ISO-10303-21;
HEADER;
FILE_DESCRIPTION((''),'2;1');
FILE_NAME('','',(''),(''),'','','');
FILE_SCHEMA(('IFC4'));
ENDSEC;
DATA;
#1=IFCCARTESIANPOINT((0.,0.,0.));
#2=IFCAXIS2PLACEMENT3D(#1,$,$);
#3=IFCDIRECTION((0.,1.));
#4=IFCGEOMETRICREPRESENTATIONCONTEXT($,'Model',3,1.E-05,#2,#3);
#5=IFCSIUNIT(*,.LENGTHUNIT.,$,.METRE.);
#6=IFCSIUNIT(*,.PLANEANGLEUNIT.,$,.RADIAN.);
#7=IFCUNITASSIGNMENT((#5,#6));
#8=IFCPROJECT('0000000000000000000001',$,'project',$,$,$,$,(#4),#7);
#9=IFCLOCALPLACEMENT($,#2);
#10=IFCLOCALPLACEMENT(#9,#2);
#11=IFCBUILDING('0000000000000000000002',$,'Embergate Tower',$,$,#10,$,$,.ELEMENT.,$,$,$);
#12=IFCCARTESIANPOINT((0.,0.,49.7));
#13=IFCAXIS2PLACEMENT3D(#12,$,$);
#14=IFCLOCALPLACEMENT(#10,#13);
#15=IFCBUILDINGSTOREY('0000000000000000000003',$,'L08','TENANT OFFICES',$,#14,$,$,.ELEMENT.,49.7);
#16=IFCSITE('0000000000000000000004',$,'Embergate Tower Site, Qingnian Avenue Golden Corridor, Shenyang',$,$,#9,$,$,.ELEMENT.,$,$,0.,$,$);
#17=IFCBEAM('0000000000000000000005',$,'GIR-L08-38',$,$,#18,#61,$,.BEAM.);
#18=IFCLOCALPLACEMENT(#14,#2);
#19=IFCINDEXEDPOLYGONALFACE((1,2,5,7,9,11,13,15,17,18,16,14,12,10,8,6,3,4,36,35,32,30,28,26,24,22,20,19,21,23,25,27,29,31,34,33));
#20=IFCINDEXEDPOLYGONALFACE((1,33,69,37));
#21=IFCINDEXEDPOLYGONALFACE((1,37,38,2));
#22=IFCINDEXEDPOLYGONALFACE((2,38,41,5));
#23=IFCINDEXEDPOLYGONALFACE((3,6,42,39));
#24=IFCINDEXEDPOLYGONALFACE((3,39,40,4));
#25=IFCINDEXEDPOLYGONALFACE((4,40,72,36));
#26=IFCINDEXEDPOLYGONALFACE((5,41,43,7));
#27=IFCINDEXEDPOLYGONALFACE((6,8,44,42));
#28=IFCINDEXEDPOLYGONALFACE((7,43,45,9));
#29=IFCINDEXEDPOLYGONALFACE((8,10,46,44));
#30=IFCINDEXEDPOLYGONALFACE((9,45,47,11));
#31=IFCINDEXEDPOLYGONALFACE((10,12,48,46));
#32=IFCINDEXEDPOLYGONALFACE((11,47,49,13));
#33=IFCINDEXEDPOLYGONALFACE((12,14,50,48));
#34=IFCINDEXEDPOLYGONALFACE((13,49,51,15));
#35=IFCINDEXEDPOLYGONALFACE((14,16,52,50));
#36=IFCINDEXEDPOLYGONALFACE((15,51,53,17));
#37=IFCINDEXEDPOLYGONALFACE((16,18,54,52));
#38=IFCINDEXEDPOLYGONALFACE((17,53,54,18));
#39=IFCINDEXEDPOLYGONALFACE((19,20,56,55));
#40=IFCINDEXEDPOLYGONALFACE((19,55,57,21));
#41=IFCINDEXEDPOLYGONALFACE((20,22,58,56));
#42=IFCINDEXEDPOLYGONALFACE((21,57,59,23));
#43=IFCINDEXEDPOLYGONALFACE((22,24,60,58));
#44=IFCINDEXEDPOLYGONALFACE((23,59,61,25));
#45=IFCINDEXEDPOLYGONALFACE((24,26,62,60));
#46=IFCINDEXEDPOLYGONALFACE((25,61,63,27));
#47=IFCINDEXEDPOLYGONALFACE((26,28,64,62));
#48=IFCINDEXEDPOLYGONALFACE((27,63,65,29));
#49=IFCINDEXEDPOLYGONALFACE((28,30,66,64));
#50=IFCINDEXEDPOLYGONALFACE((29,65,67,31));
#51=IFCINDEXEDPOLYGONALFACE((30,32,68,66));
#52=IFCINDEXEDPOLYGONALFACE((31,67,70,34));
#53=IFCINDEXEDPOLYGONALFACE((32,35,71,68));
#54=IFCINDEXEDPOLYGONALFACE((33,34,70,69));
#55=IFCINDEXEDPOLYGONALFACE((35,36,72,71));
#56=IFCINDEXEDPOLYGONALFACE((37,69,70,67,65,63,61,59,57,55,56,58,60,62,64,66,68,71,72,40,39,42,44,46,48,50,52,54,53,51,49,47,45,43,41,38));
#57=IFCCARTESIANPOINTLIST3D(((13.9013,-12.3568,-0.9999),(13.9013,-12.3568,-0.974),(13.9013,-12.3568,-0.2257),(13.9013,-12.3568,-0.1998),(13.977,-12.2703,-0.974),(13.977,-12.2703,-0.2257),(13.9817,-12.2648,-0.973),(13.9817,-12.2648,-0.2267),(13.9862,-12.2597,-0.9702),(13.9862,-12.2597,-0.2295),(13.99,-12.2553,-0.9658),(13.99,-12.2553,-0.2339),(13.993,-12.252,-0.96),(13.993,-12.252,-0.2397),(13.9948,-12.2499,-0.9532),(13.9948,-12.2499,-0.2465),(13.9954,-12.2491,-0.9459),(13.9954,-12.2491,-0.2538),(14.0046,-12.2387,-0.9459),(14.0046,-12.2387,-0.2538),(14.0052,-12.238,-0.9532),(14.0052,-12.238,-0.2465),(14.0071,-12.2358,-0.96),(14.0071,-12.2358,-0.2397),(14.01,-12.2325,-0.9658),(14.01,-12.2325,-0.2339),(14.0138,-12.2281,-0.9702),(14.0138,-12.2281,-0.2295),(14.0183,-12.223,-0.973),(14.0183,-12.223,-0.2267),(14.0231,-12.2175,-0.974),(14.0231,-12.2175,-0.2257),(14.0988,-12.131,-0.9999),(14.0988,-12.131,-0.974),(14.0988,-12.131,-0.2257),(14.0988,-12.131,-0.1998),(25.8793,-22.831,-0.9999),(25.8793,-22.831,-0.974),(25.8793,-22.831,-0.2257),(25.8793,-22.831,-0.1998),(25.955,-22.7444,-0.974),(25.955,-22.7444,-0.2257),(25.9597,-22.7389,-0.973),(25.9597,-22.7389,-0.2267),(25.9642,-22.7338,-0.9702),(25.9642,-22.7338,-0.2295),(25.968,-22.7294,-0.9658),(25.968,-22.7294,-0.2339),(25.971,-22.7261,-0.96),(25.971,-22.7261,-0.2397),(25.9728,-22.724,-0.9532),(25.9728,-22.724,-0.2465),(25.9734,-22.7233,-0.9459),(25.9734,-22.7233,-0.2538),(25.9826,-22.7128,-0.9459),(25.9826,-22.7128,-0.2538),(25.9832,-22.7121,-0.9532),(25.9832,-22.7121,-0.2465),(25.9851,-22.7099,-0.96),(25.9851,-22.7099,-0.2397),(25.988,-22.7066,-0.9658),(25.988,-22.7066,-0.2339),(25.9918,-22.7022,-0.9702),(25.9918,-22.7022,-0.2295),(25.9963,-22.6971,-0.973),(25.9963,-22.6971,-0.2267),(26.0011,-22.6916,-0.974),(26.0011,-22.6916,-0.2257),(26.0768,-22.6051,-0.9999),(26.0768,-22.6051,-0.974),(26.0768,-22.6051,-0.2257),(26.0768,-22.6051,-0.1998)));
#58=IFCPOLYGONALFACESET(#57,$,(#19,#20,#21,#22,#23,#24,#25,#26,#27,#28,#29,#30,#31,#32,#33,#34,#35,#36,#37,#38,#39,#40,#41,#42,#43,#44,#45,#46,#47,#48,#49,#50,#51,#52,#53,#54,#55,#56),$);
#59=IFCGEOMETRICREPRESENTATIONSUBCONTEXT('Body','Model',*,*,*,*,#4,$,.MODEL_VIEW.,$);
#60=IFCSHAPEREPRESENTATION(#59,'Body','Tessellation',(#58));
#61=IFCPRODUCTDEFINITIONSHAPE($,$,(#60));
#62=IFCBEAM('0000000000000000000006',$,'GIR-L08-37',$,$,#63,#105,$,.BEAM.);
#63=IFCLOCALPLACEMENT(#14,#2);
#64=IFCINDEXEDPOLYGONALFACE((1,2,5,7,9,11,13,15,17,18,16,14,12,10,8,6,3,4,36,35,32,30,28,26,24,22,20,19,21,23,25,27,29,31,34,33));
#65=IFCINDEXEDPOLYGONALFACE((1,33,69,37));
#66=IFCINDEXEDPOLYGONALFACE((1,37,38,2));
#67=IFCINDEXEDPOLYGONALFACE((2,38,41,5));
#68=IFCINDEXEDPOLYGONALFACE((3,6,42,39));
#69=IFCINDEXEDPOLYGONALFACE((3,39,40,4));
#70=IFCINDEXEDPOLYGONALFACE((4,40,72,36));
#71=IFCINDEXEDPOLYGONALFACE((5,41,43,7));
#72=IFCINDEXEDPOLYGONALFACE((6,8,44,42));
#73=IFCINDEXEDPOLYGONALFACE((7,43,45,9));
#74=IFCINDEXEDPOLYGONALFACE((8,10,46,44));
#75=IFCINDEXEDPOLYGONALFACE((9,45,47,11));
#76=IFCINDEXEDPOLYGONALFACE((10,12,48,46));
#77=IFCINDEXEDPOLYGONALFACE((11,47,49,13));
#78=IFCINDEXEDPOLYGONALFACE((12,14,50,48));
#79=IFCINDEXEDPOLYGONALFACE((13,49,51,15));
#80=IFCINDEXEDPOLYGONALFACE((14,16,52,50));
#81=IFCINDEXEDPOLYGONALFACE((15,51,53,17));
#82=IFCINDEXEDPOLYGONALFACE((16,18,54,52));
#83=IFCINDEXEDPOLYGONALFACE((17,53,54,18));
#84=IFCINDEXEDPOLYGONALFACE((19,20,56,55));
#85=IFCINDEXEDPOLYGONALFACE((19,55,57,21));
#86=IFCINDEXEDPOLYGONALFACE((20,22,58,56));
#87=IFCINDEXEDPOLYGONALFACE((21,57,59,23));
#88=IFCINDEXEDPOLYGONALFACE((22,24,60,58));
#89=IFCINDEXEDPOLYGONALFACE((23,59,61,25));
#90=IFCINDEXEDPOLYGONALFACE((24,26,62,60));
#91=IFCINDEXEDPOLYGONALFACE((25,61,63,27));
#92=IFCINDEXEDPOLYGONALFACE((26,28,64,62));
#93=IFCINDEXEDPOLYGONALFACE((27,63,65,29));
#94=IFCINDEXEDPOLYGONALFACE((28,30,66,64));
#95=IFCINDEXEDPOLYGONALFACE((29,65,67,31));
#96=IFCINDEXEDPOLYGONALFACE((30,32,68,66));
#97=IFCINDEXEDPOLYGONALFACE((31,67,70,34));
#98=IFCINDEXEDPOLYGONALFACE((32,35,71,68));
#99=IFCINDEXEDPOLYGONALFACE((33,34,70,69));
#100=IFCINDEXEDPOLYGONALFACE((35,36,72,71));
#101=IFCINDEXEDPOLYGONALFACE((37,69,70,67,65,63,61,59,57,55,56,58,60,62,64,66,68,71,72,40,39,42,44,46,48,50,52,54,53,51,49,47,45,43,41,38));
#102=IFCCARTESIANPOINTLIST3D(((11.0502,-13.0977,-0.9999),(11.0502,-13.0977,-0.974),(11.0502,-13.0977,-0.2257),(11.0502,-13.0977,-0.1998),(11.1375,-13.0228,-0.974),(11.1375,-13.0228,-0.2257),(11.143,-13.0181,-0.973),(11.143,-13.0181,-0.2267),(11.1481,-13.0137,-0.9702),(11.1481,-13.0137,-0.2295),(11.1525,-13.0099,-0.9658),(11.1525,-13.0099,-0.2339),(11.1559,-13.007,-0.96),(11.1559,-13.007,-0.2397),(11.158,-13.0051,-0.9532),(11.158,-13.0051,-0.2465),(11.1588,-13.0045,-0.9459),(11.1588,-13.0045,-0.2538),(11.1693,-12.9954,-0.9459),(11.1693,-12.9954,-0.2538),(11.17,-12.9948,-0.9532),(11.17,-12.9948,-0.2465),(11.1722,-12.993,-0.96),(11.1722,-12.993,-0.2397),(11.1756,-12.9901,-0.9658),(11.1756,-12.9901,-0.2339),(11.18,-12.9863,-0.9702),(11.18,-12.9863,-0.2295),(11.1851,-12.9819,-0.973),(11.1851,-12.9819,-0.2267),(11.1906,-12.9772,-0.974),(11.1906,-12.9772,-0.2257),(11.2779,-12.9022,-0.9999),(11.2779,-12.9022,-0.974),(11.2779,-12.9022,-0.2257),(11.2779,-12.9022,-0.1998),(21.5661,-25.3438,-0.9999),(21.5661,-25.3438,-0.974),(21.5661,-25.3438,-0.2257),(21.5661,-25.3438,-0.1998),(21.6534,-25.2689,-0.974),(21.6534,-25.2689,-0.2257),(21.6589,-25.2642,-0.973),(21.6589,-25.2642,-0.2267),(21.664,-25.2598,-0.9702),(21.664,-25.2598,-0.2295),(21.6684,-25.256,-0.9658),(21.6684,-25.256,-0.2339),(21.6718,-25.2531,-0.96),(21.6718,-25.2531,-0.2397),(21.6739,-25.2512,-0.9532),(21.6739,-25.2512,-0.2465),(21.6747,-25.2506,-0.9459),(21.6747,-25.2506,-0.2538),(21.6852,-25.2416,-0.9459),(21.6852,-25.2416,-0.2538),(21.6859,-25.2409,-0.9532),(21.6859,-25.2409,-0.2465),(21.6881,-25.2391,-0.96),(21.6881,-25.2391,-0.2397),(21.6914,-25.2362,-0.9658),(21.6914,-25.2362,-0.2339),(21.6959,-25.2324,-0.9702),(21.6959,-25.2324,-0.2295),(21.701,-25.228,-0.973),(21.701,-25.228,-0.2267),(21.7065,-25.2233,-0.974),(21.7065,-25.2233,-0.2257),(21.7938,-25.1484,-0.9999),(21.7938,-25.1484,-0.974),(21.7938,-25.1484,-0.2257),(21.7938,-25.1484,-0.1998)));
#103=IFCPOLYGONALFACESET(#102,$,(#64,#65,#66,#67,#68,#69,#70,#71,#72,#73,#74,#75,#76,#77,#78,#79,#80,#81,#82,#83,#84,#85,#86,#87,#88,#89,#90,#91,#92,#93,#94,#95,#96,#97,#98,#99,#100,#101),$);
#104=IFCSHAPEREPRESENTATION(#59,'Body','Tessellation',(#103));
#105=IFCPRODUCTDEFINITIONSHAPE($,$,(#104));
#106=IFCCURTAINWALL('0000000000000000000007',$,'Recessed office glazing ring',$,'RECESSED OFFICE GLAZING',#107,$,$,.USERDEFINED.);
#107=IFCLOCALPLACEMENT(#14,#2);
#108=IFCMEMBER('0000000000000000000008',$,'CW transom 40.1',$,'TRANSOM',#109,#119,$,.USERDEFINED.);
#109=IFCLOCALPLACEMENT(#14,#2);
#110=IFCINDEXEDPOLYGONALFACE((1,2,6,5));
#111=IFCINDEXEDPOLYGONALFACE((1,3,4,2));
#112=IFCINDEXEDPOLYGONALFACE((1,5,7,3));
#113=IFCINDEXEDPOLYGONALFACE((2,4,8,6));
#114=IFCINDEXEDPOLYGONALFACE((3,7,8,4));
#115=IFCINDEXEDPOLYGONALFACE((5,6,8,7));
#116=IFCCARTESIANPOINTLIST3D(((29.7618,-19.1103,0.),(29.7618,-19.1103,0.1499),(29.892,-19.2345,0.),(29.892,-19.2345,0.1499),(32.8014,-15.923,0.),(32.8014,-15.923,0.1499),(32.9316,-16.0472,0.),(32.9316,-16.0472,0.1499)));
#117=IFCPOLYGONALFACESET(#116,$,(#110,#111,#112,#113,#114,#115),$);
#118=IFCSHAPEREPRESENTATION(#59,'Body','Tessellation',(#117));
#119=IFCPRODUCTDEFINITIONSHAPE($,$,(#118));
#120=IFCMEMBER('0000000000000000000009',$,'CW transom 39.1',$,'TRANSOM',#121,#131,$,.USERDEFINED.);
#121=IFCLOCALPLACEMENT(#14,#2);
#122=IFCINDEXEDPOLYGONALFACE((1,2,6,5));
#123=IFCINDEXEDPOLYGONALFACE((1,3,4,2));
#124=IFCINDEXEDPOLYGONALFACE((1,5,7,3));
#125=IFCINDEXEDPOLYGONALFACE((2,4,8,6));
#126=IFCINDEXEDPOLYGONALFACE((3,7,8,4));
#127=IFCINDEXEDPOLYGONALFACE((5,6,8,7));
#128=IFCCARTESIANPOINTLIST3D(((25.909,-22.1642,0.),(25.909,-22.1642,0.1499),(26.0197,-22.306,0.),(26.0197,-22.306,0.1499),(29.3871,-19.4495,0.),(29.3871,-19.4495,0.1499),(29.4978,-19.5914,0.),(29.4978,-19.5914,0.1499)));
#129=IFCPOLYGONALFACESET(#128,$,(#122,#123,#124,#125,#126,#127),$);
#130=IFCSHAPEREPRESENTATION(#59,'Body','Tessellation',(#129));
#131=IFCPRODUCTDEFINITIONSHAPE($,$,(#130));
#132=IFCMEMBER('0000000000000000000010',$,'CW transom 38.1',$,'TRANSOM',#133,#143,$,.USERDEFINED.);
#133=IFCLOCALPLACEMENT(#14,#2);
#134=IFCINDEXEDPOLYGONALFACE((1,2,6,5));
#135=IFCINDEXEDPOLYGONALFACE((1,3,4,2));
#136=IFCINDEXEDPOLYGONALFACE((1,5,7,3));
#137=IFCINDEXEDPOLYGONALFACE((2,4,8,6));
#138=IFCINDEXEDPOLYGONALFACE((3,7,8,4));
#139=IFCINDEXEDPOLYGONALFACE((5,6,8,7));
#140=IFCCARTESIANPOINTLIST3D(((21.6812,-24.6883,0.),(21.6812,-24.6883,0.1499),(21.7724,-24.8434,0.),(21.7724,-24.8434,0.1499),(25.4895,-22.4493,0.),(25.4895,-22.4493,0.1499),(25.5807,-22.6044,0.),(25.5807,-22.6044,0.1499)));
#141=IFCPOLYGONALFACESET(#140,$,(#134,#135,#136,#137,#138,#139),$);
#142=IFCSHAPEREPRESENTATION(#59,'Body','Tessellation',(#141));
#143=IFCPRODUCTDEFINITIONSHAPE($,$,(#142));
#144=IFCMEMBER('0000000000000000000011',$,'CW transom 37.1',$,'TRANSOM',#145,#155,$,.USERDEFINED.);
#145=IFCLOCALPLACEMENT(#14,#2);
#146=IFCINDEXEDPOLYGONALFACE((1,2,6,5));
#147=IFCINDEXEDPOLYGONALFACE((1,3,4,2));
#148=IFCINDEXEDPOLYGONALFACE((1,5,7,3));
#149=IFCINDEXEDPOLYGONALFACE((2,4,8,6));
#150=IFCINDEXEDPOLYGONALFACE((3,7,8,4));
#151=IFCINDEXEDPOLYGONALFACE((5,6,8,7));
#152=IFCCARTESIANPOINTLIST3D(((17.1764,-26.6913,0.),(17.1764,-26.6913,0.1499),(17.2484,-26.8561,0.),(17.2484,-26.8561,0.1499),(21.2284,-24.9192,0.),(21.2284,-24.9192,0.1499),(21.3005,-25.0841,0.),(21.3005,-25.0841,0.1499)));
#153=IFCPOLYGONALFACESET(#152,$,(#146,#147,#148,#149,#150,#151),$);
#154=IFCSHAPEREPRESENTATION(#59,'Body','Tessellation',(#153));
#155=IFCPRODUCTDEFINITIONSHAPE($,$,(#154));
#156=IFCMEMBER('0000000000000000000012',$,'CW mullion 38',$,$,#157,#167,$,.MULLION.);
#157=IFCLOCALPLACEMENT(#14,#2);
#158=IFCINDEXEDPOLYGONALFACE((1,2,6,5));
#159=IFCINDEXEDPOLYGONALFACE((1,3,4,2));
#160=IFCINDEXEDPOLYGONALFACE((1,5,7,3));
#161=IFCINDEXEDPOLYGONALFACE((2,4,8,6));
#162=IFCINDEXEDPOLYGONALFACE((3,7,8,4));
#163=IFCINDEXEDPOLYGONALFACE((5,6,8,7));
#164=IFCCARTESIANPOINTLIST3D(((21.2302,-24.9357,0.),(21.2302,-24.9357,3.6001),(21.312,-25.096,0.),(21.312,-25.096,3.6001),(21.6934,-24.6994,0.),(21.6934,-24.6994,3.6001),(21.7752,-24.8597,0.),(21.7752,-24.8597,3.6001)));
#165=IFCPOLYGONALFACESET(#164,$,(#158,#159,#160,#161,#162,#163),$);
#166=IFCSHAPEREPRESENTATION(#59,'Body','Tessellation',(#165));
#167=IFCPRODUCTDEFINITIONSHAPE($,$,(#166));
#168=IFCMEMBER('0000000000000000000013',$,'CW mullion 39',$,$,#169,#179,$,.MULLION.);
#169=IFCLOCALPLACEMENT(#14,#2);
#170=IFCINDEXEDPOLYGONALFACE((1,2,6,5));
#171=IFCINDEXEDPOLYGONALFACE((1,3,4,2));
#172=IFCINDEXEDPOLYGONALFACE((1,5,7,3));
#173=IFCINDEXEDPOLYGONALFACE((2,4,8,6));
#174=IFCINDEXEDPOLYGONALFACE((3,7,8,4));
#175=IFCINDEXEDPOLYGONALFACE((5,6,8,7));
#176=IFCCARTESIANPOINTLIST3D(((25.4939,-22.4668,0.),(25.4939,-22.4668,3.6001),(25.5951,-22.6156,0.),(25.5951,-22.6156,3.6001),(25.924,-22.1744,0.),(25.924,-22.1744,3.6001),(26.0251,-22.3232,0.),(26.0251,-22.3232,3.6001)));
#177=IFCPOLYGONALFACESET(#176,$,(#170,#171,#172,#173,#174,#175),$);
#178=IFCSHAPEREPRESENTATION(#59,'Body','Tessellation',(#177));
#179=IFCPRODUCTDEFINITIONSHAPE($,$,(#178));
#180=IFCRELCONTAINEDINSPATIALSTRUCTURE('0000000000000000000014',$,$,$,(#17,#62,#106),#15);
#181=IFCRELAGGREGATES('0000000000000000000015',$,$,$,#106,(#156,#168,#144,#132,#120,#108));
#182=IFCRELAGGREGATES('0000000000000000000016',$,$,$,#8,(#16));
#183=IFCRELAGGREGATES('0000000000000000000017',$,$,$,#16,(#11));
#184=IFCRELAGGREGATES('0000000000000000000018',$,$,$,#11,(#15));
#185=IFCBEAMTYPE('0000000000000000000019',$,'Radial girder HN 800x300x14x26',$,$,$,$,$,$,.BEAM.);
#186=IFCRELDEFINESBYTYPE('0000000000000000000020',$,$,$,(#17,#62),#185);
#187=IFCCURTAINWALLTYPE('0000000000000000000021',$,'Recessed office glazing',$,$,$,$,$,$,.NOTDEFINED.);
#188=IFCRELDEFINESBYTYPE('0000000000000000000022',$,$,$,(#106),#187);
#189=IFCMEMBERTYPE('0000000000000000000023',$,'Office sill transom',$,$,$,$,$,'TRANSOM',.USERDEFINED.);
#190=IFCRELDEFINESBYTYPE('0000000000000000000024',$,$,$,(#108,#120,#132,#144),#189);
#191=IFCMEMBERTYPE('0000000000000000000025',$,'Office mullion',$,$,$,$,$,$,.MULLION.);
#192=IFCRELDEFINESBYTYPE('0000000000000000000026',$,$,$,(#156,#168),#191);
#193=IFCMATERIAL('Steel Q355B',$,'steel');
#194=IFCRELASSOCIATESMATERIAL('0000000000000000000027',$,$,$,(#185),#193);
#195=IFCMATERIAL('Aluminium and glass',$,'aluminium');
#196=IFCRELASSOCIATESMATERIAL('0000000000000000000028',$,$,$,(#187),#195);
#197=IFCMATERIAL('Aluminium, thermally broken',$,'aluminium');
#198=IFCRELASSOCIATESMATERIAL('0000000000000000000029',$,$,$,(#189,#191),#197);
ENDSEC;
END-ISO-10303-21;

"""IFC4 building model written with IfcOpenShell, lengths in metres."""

from ifc_helpers import new_model, si_unit, direction, frame, origin, origin_2d, place, context, subcontext, project, spatial, rectangle, i_section, extrude, source, transform, mapped, material, material_profile, profile_set, type_object, element, aggregate, save


model = new_model("IFC4")

# Units and contexts
model_context = context("Model", 3, precision=1e-05, world=origin(), true_north=direction((0.0, 1.0)))
body_context = subcontext(model_context, "Body", "Model", "MODEL_VIEW")
ifc_project = project(units=[si_unit("LENGTHUNIT", "METRE"), si_unit("PLANEANGLEUNIT", "RADIAN")], contexts=[model_context])

# Site, building, storey
site_placement = place(None, origin())
site = spatial("IfcSite", under=ifc_project, at=site_placement, Name="Embergate Tower Site, Qingnian Avenue Golden Corridor, Shenyang", CompositionType="ELEMENT", RefElevation=0.0)
building_placement = place(site_placement, origin())
building = spatial("IfcBuilding", under=site, at=building_placement, Name="Embergate Tower", CompositionType="ELEMENT")
storey_placement = place(building_placement, frame((0.0, 0.0, 49.7)))
storey = spatial("IfcBuildingStorey", under=building, at=storey_placement, Name="L08", Description="TENANT OFFICES", CompositionType="ELEMENT", Elevation=49.7)

# Beams
ifc_material_1 = material(Name="Steel Q355B", Category="steel")
ifc_material_profile_1 = material_profile(ifc_material_1, i_section(OverallWidth=0.3, OverallDepth=0.8, WebThickness=0.0139, FlangeThickness=0.0259, FilletRadius=0.0281, at=origin_2d()), Name="HN 800x300x14x26")
ifc_profile_set_1 = profile_set([ifc_material_profile_1], Name="Steel Q355 grade B")
beam_type_1 = type_object("IfcBeamType", Name="Radial girder HN 800x300x14x26", PredefinedType="BEAM", material=ifc_profile_set_1)
shared_shape_1 = source(origin(), body_context, "Body", "SweptSolid", [
    extrude(i_section(OverallWidth=0.3, OverallDepth=0.8, WebThickness=0.0139, FlangeThickness=0.0259, FilletRadius=0.0281, at=origin_2d()), origin(), (0.0, 0.0, 1.0), 15.9116),
])
beam_1_placement = place(storey_placement, frame((25.978, -22.718, -0.5999), z_axis=(-0.752784, 0.658268, 0.0), x_axis=(-0.658268, -0.752784, 0.0)))
element("IfcBeam", 1, at=beam_1_placement, inside=storey, type_object=beam_type_1, Name="GIR-L08-38", PredefinedType="BEAM", context=body_context, shape_type="MappedRepresentation", body=[
    mapped(shared_shape_1, transform((0.0, 0.0, 0.0))),
])
shared_shape_2 = source(origin(), body_context, "Body", "SweptSolid", [
    extrude(i_section(OverallWidth=0.3, OverallDepth=0.8, WebThickness=0.0139, FlangeThickness=0.0259, FilletRadius=0.0281, at=origin_2d()), origin(), (0.0, 0.0, 1.0), 16.1416),
])
beam_2_placement = place(storey_placement, frame((21.6799, -25.2461, -0.5999), z_axis=(-0.651477, 0.758668, 0.0), x_axis=(-0.758668, -0.651477, 0.0)))
element("IfcBeam", 2, at=beam_2_placement, inside=storey, type_object=beam_type_1, Name="GIR-L08-37", PredefinedType="BEAM", context=body_context, shape_type="MappedRepresentation", body=[
    mapped(shared_shape_2, transform((0.0, 0.0, 0.0))),
])

# Curtain wall, members
ifc_material_2 = material(Name="Aluminium and glass", Category="aluminium")
curtain_wall_type = type_object("IfcCurtainWallType", Name="Recessed office glazing", PredefinedType="NOTDEFINED", material=ifc_material_2)
curtain_wall_placement = place(storey_placement, origin())
curtain_wall = element("IfcCurtainWall", 3, at=curtain_wall_placement, inside=storey, type_object=curtain_wall_type, Name="Recessed office glazing ring", ObjectType="RECESSED OFFICE GLAZING", PredefinedType="USERDEFINED")
ifc_material_3 = material(Name="Aluminium, thermally broken", Category="aluminium")
ifc_material_profile_2 = material_profile(ifc_material_3, rectangle(XDim=0.1799, YDim=0.1499, at=origin_2d()), Name="AL 150x180")
ifc_profile_set_2 = profile_set([ifc_material_profile_2], Name="Aluminium, thermally broken")
member_type_1 = type_object("IfcMemberType", Name="Office sill transom", ElementType="TRANSOM", PredefinedType="USERDEFINED", material=ifc_profile_set_2)
shared_shape_3 = source(origin(), body_context, "Body", "SweptSolid", [
    extrude(rectangle(XDim=0.1799, YDim=0.1499, at=origin_2d()), origin(), (0.0, 0.0, 1.0), 4.4043),
])
member_1_placement = place(storey_placement, frame((29.8269, -19.1724, 0.075), z_axis=(0.690139, 0.723676, 0.0), x_axis=(-0.723676, 0.690139, 0.0)))
member_1 = element("IfcMember", 4, at=member_1_placement, type_object=member_type_1, Name="CW transom 40.1", ObjectType="TRANSOM", PredefinedType="USERDEFINED", context=body_context, shape_type="MappedRepresentation", body=[
    mapped(shared_shape_3, transform((0.0, 0.0, 0.0))),
])
shared_shape_4 = source(origin(), body_context, "Body", "SweptSolid", [
    extrude(rectangle(XDim=0.1799, YDim=0.1499, at=origin_2d()), origin(), (0.0, 0.0, 1.0), 4.4121),
])
member_2_placement = place(storey_placement, frame((25.9644, -22.2351, 0.075), z_axis=(0.788311, 0.615277, 0.0), x_axis=(-0.615277, 0.788311, 0.0)))
member_2 = element("IfcMember", 5, at=member_2_placement, type_object=member_type_1, Name="CW transom 39.1", ObjectType="TRANSOM", PredefinedType="USERDEFINED", context=body_context, shape_type="MappedRepresentation", body=[
    mapped(shared_shape_4, transform((0.0, 0.0, 0.0))),
])
shared_shape_5 = source(origin(), body_context, "Body", "SweptSolid", [
    extrude(rectangle(XDim=0.1799, YDim=0.1499, at=origin_2d()), origin(), (0.0, 0.0, 1.0), 4.4177),
])
member_3_placement = place(storey_placement, frame((21.7268, -24.7659, 0.075), z_axis=(0.862052, 0.50682, 0.0), x_axis=(-0.50682, 0.862052, 0.0)))
member_3 = element("IfcMember", 6, at=member_3_placement, type_object=member_type_1, Name="CW transom 38.1", ObjectType="TRANSOM", PredefinedType="USERDEFINED", context=body_context, shape_type="MappedRepresentation", body=[
    mapped(shared_shape_5, transform((0.0, 0.0, 0.0))),
])
shared_shape_6 = source(origin(), body_context, "Body", "SweptSolid", [
    extrude(rectangle(XDim=0.1799, YDim=0.1499, at=origin_2d()), origin(), (0.0, 0.0, 1.0), 4.4226),
])
member_4_placement = place(storey_placement, frame((17.2124, -26.7737, 0.075), z_axis=(0.916222, 0.400671, 0.0), x_axis=(-0.400671, 0.916222, 0.0)))
member_4 = element("IfcMember", 7, at=member_4_placement, type_object=member_type_1, Name="CW transom 37.1", ObjectType="TRANSOM", PredefinedType="USERDEFINED", context=body_context, shape_type="MappedRepresentation", body=[
    mapped(shared_shape_6, transform((0.0, 0.0, 0.0))),
])
ifc_material_profile_3 = material_profile(ifc_material_3, rectangle(XDim=0.1799, YDim=0.52, at=origin_2d()), Name="AL 520x180")
ifc_profile_set_3 = profile_set([ifc_material_profile_3], Name="Aluminium, thermally broken")
member_type_2 = type_object("IfcMemberType", Name="Office mullion", PredefinedType="MULLION", material=ifc_profile_set_3)
shared_shape_7 = source(origin(), body_context, "Body", "SweptSolid", [
    extrude(rectangle(XDim=0.1799, YDim=0.52, at=origin_2d()), origin(), (0.0, 0.0, 1.0), 3.6001),
])
member_5_placement = place(storey_placement, frame((21.5027, -24.8977, 0.0), z_axis=(0.0, 0.0, 1.0), x_axis=(-0.454511, 0.890741, 0.0)))
member_5 = element("IfcMember", 8, at=member_5_placement, type_object=member_type_2, Name="CW mullion 38", PredefinedType="MULLION", context=body_context, shape_type="MappedRepresentation", body=[
    mapped(shared_shape_7, transform((0.0, 0.0, 0.0))),
])
member_6_placement = place(storey_placement, frame((25.7595, -22.395, 0.0), z_axis=(0.0, 0.0, 1.0), x_axis=(-0.562218, 0.826989, 0.0)))
member_6 = element("IfcMember", 9, at=member_6_placement, type_object=member_type_2, Name="CW mullion 39", PredefinedType="MULLION", context=body_context, shape_type="MappedRepresentation", body=[
    mapped(shared_shape_7, transform((0.0, 0.0, 0.0))),
])
aggregate(curtain_wall, [member_5, member_6, member_4, member_3, member_2, member_1])

save(model, "model.ifc")
